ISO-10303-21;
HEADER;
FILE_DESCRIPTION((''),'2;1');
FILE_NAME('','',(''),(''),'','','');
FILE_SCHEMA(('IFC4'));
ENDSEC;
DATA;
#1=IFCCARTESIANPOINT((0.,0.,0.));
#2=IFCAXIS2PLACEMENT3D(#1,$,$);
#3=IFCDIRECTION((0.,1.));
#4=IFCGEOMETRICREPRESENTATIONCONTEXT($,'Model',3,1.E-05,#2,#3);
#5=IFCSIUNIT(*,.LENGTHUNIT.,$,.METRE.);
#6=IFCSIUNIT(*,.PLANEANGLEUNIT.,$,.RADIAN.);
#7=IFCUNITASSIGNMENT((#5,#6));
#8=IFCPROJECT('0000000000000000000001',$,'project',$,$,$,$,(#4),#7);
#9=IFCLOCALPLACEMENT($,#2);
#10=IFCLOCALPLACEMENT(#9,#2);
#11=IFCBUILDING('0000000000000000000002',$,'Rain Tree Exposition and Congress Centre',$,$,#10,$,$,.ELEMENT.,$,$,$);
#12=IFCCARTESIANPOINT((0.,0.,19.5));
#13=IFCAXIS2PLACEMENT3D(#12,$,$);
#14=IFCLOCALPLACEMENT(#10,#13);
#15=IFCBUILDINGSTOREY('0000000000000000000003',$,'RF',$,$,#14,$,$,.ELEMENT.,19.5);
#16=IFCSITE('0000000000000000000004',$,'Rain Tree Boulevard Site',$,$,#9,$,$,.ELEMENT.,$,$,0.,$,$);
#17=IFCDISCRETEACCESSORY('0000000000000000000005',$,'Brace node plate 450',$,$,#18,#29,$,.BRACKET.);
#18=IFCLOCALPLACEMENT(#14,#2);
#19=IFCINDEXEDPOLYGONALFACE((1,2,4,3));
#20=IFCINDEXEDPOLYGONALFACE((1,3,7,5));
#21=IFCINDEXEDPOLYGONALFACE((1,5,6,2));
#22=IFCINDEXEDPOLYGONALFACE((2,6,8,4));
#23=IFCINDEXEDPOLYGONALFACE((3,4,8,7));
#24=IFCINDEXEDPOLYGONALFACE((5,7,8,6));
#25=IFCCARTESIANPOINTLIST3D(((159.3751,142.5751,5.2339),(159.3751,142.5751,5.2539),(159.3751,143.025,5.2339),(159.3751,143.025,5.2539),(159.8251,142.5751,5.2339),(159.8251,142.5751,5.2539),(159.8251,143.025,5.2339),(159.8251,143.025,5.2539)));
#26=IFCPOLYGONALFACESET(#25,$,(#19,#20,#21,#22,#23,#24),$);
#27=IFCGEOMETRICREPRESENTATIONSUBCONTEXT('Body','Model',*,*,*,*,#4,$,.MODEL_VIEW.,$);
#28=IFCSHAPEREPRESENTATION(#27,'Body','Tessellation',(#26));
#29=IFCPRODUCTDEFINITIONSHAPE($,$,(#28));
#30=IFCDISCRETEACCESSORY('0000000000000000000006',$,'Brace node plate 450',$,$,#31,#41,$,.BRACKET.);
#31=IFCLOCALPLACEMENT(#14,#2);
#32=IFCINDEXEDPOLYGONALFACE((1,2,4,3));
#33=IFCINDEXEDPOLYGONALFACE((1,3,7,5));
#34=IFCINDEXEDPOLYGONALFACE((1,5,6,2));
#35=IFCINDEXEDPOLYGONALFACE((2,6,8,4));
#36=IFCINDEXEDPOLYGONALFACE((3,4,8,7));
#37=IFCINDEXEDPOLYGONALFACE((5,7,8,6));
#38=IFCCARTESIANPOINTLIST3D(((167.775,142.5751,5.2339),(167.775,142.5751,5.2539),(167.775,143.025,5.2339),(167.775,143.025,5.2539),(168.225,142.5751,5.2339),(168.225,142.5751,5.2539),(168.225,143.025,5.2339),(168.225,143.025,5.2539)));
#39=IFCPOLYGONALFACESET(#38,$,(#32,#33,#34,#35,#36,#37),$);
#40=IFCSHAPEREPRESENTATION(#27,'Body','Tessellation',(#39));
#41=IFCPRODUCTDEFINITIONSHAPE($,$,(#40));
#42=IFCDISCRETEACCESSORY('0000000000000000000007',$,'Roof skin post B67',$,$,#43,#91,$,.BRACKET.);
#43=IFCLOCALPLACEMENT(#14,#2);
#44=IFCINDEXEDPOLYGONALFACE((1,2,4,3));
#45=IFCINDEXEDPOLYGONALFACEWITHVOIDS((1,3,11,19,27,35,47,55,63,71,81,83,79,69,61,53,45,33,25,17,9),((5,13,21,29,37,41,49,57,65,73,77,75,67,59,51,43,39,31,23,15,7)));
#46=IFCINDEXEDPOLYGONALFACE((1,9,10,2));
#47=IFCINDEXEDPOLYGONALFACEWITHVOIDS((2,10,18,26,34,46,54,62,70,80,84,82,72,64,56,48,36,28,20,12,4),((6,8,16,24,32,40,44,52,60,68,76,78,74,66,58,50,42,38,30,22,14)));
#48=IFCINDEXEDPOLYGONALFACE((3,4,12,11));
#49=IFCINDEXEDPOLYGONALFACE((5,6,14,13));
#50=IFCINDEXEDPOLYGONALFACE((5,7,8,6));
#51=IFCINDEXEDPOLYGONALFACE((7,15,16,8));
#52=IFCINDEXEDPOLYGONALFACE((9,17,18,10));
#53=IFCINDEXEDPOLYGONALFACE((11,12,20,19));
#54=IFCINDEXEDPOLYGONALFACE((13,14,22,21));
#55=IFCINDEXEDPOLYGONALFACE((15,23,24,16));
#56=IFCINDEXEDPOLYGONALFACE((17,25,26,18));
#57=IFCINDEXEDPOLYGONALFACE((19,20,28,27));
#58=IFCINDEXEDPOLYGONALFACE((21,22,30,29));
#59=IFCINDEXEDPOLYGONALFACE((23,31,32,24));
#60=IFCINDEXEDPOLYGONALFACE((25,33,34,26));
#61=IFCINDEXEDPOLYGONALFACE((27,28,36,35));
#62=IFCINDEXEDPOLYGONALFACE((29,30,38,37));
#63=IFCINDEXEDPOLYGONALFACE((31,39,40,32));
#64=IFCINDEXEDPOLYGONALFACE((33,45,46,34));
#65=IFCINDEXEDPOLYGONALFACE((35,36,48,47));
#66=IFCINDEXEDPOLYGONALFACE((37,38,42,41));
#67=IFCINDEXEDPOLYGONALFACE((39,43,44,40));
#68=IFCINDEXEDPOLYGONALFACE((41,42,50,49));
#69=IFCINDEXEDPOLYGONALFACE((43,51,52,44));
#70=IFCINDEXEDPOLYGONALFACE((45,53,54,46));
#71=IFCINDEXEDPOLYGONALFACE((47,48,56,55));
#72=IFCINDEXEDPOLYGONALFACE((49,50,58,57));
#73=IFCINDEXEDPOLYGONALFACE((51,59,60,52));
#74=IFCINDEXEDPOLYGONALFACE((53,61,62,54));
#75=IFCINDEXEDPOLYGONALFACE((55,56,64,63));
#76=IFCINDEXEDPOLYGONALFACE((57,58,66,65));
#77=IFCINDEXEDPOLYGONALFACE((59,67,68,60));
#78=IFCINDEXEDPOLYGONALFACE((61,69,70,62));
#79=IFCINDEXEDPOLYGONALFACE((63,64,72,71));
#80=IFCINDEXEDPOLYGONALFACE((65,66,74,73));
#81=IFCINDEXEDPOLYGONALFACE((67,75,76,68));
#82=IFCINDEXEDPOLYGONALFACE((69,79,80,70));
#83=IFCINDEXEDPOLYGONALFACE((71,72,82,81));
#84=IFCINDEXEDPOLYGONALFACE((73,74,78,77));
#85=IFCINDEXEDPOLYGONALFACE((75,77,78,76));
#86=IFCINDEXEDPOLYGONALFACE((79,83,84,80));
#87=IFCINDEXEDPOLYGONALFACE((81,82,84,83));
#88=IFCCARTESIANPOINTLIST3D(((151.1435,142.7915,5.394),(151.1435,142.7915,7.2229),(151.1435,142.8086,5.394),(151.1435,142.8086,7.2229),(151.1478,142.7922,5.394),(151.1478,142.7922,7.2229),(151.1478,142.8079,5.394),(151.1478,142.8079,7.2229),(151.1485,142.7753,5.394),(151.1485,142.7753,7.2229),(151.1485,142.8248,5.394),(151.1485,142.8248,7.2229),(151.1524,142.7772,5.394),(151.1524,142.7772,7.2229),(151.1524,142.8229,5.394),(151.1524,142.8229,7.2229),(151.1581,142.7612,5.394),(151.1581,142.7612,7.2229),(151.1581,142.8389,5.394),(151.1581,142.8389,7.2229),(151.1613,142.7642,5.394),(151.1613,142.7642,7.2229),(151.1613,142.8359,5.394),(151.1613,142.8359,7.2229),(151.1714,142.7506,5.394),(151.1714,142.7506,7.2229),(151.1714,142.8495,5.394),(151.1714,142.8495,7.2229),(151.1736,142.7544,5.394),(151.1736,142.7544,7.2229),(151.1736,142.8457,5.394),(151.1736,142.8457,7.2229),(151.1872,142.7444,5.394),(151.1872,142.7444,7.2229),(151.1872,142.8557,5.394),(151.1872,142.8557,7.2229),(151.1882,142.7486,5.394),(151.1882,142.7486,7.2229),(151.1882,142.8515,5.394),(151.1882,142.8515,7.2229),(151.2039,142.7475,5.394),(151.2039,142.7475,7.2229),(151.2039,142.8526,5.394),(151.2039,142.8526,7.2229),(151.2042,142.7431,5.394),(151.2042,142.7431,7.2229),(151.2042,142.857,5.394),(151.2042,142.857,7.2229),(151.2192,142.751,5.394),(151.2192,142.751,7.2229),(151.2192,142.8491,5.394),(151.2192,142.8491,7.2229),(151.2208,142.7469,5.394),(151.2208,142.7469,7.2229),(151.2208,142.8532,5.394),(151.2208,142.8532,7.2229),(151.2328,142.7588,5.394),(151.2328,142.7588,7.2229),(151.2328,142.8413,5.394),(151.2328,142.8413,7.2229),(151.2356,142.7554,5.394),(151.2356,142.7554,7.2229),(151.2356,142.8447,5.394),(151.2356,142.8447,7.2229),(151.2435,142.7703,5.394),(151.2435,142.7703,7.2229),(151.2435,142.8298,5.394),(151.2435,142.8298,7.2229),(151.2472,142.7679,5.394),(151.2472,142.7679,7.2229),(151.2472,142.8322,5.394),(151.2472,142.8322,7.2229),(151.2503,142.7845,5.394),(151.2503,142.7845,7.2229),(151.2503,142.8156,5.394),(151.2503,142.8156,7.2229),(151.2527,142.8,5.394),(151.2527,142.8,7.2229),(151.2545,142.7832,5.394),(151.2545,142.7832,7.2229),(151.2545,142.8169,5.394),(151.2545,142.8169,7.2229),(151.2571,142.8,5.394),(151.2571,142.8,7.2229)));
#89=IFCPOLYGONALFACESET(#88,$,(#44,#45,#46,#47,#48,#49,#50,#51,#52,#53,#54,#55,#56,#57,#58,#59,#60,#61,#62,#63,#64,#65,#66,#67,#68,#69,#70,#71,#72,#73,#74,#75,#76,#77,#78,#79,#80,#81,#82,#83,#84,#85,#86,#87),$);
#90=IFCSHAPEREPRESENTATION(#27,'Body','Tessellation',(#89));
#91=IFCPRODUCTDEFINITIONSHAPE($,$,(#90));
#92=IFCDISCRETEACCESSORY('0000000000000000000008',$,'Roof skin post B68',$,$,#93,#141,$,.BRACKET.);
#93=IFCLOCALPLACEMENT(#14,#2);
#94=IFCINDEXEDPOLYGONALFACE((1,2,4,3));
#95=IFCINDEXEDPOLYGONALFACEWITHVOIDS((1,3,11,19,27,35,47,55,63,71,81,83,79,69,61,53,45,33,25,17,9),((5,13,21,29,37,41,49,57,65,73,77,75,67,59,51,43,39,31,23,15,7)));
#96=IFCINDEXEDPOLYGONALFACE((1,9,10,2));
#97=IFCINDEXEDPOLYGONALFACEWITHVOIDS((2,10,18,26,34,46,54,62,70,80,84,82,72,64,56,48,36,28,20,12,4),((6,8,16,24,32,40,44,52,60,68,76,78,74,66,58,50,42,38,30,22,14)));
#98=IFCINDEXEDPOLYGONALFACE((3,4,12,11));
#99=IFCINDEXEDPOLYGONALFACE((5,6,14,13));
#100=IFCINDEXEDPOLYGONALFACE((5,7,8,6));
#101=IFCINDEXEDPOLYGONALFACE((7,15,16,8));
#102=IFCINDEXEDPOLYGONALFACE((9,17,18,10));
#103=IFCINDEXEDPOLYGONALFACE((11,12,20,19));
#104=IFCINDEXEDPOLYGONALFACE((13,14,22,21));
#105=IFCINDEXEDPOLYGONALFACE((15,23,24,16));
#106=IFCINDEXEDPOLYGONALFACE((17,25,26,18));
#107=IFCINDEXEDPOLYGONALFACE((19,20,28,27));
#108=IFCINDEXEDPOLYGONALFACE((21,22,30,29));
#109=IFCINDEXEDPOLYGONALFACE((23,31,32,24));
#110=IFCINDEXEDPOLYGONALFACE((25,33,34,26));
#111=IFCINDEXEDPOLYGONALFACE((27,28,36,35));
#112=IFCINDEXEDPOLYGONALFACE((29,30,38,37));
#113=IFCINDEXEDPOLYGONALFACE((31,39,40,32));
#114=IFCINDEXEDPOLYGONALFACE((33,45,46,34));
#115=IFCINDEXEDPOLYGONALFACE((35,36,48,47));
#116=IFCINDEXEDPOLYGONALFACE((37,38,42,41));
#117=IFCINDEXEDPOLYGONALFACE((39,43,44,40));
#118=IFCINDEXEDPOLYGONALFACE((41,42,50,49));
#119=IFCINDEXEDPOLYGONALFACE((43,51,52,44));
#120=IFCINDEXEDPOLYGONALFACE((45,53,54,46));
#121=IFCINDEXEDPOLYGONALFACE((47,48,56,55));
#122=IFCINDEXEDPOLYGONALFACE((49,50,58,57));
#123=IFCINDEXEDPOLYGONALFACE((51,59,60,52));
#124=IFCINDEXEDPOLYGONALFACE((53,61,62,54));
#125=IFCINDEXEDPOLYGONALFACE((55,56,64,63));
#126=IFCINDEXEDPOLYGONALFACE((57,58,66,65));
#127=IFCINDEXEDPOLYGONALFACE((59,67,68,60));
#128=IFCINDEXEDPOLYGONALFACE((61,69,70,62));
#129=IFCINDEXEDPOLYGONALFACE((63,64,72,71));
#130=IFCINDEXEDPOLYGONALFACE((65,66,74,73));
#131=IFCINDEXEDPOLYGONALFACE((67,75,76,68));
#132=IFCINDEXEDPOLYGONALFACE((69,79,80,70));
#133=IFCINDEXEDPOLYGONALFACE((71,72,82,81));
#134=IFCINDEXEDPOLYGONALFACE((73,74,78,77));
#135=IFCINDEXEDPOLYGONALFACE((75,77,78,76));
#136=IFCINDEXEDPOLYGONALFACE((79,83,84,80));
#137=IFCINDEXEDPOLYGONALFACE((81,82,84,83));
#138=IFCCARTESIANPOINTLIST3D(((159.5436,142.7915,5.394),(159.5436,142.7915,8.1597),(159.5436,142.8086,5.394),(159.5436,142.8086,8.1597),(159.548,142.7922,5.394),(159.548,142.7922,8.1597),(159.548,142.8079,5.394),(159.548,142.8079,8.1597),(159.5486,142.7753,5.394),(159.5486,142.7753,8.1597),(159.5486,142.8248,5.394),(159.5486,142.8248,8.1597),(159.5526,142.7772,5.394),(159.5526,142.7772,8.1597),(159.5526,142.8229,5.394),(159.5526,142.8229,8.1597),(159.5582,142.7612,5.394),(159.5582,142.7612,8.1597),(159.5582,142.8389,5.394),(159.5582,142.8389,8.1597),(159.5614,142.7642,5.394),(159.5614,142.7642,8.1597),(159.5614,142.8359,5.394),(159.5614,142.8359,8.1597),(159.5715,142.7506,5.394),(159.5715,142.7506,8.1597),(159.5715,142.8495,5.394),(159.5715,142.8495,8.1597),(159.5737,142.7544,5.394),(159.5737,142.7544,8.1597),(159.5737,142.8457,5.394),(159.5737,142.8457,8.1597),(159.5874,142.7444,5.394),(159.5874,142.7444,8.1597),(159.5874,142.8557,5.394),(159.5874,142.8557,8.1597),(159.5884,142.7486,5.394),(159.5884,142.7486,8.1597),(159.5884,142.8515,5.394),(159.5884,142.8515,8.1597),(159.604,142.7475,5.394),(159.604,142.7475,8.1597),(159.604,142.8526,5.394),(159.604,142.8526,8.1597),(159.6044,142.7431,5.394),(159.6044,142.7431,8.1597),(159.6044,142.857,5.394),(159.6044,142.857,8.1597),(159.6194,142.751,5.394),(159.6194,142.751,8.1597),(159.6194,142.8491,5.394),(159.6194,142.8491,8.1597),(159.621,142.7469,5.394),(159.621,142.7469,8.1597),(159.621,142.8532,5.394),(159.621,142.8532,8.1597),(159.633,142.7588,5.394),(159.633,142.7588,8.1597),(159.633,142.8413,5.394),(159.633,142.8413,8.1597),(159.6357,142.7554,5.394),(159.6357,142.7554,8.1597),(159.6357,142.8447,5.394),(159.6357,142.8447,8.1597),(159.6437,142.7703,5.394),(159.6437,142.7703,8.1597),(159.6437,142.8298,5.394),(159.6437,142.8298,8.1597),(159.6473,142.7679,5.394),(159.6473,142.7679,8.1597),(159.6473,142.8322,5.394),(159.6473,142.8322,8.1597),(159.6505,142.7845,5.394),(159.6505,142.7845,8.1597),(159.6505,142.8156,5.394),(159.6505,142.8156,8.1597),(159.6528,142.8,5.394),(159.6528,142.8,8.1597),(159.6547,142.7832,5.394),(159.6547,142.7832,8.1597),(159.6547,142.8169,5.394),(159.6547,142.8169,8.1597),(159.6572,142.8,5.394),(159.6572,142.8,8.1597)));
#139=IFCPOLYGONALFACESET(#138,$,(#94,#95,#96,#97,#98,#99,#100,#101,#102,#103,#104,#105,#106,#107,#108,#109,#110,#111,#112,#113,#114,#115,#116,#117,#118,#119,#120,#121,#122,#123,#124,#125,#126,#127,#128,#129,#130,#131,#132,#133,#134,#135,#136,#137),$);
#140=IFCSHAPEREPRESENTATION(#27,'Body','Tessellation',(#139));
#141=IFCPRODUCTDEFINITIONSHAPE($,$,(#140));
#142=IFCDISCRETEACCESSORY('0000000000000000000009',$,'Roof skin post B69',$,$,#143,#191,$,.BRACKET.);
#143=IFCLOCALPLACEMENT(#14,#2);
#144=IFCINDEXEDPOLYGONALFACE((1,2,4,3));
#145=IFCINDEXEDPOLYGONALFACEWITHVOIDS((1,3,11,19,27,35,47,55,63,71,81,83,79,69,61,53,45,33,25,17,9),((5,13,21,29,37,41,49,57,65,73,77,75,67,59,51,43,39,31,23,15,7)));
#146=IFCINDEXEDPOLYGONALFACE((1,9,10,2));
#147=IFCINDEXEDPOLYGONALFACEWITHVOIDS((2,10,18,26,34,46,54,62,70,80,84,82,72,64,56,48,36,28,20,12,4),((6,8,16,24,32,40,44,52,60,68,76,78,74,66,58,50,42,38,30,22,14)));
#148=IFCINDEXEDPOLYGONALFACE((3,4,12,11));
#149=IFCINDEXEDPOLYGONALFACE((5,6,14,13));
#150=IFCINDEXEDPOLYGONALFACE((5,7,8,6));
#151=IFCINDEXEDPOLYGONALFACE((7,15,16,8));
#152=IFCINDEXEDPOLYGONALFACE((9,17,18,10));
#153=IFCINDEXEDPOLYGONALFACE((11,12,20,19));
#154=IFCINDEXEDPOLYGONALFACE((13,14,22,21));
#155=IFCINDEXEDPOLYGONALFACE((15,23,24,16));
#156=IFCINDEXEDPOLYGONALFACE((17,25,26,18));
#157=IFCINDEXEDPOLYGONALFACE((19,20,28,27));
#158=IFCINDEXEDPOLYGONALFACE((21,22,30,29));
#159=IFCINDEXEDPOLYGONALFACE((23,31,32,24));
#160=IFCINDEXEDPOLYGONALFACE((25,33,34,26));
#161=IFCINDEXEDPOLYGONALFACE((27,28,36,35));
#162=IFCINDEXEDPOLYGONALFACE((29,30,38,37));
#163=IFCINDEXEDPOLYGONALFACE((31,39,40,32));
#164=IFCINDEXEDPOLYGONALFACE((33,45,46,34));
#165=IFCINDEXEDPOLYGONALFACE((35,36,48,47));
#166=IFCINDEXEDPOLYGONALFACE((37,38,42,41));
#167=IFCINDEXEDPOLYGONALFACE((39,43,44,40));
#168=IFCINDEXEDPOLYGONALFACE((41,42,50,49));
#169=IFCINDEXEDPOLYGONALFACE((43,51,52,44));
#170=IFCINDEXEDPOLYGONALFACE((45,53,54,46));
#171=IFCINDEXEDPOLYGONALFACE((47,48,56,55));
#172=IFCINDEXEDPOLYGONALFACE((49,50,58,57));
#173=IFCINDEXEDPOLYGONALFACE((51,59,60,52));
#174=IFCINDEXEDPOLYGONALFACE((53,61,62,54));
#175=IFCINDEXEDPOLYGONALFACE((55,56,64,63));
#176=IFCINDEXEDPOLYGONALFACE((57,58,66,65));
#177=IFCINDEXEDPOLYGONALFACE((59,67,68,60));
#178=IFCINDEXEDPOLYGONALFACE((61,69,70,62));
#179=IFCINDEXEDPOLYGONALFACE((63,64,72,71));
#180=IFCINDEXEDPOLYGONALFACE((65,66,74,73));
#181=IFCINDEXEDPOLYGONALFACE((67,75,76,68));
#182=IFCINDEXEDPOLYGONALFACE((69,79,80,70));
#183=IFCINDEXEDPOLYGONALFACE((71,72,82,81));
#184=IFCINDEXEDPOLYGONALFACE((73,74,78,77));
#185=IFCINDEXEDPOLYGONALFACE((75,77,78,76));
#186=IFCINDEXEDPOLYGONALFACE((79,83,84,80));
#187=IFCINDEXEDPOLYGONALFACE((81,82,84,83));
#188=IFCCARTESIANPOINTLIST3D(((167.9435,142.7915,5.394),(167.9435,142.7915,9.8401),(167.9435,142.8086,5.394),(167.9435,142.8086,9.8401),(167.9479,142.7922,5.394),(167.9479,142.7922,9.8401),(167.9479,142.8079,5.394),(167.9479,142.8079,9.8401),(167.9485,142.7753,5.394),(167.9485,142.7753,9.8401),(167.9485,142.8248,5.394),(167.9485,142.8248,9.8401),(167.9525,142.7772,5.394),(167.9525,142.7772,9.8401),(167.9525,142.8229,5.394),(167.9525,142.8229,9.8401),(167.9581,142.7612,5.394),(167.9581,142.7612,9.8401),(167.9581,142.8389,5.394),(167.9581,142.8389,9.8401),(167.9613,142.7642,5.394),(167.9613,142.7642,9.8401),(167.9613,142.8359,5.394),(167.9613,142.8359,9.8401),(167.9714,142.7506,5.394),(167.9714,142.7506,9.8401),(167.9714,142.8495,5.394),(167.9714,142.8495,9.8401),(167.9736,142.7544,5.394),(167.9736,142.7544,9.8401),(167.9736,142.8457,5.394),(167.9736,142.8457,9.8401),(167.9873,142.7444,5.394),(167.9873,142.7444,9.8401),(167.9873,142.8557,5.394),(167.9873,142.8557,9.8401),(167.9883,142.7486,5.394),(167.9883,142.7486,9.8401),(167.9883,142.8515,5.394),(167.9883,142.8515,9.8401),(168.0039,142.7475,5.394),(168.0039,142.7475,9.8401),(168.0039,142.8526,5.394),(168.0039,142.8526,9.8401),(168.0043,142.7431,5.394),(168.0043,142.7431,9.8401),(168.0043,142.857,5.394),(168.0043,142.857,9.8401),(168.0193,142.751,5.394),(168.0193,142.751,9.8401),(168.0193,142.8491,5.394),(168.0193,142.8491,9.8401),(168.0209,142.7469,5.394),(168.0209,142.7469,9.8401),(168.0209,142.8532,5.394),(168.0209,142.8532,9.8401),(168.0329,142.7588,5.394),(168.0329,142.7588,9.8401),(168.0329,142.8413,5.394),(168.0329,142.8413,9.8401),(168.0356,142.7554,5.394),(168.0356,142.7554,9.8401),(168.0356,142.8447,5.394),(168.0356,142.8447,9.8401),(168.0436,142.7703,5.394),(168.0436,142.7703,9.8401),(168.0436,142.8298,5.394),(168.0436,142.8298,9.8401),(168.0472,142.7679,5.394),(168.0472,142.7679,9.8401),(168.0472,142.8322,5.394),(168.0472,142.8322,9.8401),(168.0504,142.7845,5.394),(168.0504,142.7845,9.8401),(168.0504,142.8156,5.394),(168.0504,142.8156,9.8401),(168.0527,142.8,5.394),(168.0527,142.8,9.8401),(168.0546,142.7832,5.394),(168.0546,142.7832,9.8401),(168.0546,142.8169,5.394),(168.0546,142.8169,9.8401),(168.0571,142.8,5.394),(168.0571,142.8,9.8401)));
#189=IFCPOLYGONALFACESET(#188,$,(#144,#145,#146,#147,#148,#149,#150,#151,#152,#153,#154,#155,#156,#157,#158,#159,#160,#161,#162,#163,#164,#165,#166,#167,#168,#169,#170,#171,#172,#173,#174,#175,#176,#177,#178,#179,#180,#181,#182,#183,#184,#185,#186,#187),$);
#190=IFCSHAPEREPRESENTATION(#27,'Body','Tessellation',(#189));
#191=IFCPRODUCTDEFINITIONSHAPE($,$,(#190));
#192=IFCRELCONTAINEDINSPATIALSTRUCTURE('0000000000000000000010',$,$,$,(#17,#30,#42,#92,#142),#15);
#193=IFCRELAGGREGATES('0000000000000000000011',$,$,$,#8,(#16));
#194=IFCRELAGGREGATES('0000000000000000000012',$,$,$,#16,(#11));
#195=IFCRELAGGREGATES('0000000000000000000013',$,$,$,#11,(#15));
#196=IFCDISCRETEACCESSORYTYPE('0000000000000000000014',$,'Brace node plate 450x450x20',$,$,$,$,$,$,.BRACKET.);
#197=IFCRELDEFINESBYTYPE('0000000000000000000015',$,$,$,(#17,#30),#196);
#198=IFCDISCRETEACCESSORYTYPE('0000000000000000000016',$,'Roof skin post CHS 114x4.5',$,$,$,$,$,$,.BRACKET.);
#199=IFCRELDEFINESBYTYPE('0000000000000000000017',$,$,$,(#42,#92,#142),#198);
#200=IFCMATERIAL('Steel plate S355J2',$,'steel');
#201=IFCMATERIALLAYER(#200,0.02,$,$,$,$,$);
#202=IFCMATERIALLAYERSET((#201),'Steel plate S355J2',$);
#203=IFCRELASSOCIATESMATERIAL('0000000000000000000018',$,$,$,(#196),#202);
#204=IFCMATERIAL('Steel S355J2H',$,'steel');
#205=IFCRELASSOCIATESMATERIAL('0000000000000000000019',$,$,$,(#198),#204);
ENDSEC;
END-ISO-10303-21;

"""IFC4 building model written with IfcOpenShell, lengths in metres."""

from ifc_helpers import new_model, si_unit, direction, frame, origin, origin_2d, place, context, subcontext, project, spatial, rectangle, hollow_circle, extrude, material, layer, layer_set, material_profile, profile_set, type_object, element, save


model = new_model("IFC4")

# Units and contexts
model_context = context("Model", 3, precision=1e-05, world=origin(), true_north=direction((0.0, 1.0)))
body_context = subcontext(model_context, "Body", "Model", "MODEL_VIEW")
ifc_project = project(units=[si_unit("LENGTHUNIT", "METRE"), si_unit("PLANEANGLEUNIT", "RADIAN")], contexts=[model_context])

# Site, building, storey
site_placement = place(None, origin())
site = spatial("IfcSite", under=ifc_project, at=site_placement, Name="Rain Tree Boulevard Site", CompositionType="ELEMENT", RefElevation=0.0)
building_placement = place(site_placement, origin())
building = spatial("IfcBuilding", under=site, at=building_placement, Name="Rain Tree Exposition and Congress Centre", CompositionType="ELEMENT")
storey_placement = place(building_placement, frame((0.0, 0.0, 19.5)))
storey = spatial("IfcBuildingStorey", under=building, at=storey_placement, Name="RF", CompositionType="ELEMENT", Elevation=19.5)

# Discrete accessories
ifc_material_1 = material(Name="Steel plate S355J2", Category="steel")
ifc_layer_1 = layer(ifc_material_1, 0.02)
ifc_layer_set_1 = layer_set([ifc_layer_1], Name="Steel plate S355J2")
discrete_accessory_type_1 = type_object("IfcDiscreteAccessoryType", Name="Brace node plate 450x450x20", PredefinedType="BRACKET", material=ifc_layer_set_1)
for number, where, z_axis, x_axis, name in (
    (1, (159.6001, 142.8, 5.2339), (0.0, 0.0, 1.0), (1.0, 0.0, 0.0), "Brace node plate 450"),
    (2, (168.0, 142.8, 5.2339), (0.0, 0.0, 1.0), (1.0, 0.0, 0.0), "Brace node plate 450"),
):
    element("IfcDiscreteAccessory", number, at=place(storey_placement, frame(where, z_axis=z_axis, x_axis=x_axis)), inside=storey, type_object=discrete_accessory_type_1, Name=name, PredefinedType="BRACKET", context=body_context, shape_type="SweptSolid", body=[
        extrude(rectangle(XDim=0.45, YDim=0.45, at=origin_2d()), origin(), (0.0, 0.0, 1.0), 0.02),
    ])
ifc_material_2 = material(Name="Steel S355J2H", Category="steel")
ifc_material_profile_1 = material_profile(ifc_material_2, hollow_circle(Radius=0.0571, WallThickness=0.0044, at=origin_2d()), Name="CHS 114x4.5")
ifc_profile_set_1 = profile_set([ifc_material_profile_1], Name="Steel S355J2H")
discrete_accessory_type_2 = type_object("IfcDiscreteAccessoryType", Name="Roof skin post CHS 114x4.5", PredefinedType="BRACKET", material=ifc_profile_set_1)
discrete_accessory_1_placement = place(storey_placement, frame((151.2, 142.8, 5.394), z_axis=(0.0, 0.0, 1.0), x_axis=(1.0, 0.0, 0.0)))
element("IfcDiscreteAccessory", 3, at=discrete_accessory_1_placement, inside=storey, type_object=discrete_accessory_type_2, Name="Roof skin post B67", PredefinedType="BRACKET", context=body_context, shape_type="SweptSolid", body=[
    extrude(hollow_circle(Radius=0.0571, WallThickness=0.0044, at=origin_2d()), origin(), (0.0, 0.0, 1.0), 1.8289),
])
discrete_accessory_2_placement = place(storey_placement, frame((159.6001, 142.8, 5.394), z_axis=(0.0, 0.0, 1.0), x_axis=(1.0, 0.0, 0.0)))
element("IfcDiscreteAccessory", 4, at=discrete_accessory_2_placement, inside=storey, type_object=discrete_accessory_type_2, Name="Roof skin post B68", PredefinedType="BRACKET", context=body_context, shape_type="SweptSolid", body=[
    extrude(hollow_circle(Radius=0.0571, WallThickness=0.0044, at=origin_2d()), origin(), (0.0, 0.0, 1.0), 2.7656),
])
discrete_accessory_3_placement = place(storey_placement, frame((168.0, 142.8, 5.394), z_axis=(0.0, 0.0, 1.0), x_axis=(1.0, 0.0, 0.0)))
element("IfcDiscreteAccessory", 5, at=discrete_accessory_3_placement, inside=storey, type_object=discrete_accessory_type_2, Name="Roof skin post B69", PredefinedType="BRACKET", context=body_context, shape_type="SweptSolid", body=[
    extrude(hollow_circle(Radius=0.0571, WallThickness=0.0044, at=origin_2d()), origin(), (0.0, 0.0, 1.0), 4.446),
])

save(model, "model.ifc")
